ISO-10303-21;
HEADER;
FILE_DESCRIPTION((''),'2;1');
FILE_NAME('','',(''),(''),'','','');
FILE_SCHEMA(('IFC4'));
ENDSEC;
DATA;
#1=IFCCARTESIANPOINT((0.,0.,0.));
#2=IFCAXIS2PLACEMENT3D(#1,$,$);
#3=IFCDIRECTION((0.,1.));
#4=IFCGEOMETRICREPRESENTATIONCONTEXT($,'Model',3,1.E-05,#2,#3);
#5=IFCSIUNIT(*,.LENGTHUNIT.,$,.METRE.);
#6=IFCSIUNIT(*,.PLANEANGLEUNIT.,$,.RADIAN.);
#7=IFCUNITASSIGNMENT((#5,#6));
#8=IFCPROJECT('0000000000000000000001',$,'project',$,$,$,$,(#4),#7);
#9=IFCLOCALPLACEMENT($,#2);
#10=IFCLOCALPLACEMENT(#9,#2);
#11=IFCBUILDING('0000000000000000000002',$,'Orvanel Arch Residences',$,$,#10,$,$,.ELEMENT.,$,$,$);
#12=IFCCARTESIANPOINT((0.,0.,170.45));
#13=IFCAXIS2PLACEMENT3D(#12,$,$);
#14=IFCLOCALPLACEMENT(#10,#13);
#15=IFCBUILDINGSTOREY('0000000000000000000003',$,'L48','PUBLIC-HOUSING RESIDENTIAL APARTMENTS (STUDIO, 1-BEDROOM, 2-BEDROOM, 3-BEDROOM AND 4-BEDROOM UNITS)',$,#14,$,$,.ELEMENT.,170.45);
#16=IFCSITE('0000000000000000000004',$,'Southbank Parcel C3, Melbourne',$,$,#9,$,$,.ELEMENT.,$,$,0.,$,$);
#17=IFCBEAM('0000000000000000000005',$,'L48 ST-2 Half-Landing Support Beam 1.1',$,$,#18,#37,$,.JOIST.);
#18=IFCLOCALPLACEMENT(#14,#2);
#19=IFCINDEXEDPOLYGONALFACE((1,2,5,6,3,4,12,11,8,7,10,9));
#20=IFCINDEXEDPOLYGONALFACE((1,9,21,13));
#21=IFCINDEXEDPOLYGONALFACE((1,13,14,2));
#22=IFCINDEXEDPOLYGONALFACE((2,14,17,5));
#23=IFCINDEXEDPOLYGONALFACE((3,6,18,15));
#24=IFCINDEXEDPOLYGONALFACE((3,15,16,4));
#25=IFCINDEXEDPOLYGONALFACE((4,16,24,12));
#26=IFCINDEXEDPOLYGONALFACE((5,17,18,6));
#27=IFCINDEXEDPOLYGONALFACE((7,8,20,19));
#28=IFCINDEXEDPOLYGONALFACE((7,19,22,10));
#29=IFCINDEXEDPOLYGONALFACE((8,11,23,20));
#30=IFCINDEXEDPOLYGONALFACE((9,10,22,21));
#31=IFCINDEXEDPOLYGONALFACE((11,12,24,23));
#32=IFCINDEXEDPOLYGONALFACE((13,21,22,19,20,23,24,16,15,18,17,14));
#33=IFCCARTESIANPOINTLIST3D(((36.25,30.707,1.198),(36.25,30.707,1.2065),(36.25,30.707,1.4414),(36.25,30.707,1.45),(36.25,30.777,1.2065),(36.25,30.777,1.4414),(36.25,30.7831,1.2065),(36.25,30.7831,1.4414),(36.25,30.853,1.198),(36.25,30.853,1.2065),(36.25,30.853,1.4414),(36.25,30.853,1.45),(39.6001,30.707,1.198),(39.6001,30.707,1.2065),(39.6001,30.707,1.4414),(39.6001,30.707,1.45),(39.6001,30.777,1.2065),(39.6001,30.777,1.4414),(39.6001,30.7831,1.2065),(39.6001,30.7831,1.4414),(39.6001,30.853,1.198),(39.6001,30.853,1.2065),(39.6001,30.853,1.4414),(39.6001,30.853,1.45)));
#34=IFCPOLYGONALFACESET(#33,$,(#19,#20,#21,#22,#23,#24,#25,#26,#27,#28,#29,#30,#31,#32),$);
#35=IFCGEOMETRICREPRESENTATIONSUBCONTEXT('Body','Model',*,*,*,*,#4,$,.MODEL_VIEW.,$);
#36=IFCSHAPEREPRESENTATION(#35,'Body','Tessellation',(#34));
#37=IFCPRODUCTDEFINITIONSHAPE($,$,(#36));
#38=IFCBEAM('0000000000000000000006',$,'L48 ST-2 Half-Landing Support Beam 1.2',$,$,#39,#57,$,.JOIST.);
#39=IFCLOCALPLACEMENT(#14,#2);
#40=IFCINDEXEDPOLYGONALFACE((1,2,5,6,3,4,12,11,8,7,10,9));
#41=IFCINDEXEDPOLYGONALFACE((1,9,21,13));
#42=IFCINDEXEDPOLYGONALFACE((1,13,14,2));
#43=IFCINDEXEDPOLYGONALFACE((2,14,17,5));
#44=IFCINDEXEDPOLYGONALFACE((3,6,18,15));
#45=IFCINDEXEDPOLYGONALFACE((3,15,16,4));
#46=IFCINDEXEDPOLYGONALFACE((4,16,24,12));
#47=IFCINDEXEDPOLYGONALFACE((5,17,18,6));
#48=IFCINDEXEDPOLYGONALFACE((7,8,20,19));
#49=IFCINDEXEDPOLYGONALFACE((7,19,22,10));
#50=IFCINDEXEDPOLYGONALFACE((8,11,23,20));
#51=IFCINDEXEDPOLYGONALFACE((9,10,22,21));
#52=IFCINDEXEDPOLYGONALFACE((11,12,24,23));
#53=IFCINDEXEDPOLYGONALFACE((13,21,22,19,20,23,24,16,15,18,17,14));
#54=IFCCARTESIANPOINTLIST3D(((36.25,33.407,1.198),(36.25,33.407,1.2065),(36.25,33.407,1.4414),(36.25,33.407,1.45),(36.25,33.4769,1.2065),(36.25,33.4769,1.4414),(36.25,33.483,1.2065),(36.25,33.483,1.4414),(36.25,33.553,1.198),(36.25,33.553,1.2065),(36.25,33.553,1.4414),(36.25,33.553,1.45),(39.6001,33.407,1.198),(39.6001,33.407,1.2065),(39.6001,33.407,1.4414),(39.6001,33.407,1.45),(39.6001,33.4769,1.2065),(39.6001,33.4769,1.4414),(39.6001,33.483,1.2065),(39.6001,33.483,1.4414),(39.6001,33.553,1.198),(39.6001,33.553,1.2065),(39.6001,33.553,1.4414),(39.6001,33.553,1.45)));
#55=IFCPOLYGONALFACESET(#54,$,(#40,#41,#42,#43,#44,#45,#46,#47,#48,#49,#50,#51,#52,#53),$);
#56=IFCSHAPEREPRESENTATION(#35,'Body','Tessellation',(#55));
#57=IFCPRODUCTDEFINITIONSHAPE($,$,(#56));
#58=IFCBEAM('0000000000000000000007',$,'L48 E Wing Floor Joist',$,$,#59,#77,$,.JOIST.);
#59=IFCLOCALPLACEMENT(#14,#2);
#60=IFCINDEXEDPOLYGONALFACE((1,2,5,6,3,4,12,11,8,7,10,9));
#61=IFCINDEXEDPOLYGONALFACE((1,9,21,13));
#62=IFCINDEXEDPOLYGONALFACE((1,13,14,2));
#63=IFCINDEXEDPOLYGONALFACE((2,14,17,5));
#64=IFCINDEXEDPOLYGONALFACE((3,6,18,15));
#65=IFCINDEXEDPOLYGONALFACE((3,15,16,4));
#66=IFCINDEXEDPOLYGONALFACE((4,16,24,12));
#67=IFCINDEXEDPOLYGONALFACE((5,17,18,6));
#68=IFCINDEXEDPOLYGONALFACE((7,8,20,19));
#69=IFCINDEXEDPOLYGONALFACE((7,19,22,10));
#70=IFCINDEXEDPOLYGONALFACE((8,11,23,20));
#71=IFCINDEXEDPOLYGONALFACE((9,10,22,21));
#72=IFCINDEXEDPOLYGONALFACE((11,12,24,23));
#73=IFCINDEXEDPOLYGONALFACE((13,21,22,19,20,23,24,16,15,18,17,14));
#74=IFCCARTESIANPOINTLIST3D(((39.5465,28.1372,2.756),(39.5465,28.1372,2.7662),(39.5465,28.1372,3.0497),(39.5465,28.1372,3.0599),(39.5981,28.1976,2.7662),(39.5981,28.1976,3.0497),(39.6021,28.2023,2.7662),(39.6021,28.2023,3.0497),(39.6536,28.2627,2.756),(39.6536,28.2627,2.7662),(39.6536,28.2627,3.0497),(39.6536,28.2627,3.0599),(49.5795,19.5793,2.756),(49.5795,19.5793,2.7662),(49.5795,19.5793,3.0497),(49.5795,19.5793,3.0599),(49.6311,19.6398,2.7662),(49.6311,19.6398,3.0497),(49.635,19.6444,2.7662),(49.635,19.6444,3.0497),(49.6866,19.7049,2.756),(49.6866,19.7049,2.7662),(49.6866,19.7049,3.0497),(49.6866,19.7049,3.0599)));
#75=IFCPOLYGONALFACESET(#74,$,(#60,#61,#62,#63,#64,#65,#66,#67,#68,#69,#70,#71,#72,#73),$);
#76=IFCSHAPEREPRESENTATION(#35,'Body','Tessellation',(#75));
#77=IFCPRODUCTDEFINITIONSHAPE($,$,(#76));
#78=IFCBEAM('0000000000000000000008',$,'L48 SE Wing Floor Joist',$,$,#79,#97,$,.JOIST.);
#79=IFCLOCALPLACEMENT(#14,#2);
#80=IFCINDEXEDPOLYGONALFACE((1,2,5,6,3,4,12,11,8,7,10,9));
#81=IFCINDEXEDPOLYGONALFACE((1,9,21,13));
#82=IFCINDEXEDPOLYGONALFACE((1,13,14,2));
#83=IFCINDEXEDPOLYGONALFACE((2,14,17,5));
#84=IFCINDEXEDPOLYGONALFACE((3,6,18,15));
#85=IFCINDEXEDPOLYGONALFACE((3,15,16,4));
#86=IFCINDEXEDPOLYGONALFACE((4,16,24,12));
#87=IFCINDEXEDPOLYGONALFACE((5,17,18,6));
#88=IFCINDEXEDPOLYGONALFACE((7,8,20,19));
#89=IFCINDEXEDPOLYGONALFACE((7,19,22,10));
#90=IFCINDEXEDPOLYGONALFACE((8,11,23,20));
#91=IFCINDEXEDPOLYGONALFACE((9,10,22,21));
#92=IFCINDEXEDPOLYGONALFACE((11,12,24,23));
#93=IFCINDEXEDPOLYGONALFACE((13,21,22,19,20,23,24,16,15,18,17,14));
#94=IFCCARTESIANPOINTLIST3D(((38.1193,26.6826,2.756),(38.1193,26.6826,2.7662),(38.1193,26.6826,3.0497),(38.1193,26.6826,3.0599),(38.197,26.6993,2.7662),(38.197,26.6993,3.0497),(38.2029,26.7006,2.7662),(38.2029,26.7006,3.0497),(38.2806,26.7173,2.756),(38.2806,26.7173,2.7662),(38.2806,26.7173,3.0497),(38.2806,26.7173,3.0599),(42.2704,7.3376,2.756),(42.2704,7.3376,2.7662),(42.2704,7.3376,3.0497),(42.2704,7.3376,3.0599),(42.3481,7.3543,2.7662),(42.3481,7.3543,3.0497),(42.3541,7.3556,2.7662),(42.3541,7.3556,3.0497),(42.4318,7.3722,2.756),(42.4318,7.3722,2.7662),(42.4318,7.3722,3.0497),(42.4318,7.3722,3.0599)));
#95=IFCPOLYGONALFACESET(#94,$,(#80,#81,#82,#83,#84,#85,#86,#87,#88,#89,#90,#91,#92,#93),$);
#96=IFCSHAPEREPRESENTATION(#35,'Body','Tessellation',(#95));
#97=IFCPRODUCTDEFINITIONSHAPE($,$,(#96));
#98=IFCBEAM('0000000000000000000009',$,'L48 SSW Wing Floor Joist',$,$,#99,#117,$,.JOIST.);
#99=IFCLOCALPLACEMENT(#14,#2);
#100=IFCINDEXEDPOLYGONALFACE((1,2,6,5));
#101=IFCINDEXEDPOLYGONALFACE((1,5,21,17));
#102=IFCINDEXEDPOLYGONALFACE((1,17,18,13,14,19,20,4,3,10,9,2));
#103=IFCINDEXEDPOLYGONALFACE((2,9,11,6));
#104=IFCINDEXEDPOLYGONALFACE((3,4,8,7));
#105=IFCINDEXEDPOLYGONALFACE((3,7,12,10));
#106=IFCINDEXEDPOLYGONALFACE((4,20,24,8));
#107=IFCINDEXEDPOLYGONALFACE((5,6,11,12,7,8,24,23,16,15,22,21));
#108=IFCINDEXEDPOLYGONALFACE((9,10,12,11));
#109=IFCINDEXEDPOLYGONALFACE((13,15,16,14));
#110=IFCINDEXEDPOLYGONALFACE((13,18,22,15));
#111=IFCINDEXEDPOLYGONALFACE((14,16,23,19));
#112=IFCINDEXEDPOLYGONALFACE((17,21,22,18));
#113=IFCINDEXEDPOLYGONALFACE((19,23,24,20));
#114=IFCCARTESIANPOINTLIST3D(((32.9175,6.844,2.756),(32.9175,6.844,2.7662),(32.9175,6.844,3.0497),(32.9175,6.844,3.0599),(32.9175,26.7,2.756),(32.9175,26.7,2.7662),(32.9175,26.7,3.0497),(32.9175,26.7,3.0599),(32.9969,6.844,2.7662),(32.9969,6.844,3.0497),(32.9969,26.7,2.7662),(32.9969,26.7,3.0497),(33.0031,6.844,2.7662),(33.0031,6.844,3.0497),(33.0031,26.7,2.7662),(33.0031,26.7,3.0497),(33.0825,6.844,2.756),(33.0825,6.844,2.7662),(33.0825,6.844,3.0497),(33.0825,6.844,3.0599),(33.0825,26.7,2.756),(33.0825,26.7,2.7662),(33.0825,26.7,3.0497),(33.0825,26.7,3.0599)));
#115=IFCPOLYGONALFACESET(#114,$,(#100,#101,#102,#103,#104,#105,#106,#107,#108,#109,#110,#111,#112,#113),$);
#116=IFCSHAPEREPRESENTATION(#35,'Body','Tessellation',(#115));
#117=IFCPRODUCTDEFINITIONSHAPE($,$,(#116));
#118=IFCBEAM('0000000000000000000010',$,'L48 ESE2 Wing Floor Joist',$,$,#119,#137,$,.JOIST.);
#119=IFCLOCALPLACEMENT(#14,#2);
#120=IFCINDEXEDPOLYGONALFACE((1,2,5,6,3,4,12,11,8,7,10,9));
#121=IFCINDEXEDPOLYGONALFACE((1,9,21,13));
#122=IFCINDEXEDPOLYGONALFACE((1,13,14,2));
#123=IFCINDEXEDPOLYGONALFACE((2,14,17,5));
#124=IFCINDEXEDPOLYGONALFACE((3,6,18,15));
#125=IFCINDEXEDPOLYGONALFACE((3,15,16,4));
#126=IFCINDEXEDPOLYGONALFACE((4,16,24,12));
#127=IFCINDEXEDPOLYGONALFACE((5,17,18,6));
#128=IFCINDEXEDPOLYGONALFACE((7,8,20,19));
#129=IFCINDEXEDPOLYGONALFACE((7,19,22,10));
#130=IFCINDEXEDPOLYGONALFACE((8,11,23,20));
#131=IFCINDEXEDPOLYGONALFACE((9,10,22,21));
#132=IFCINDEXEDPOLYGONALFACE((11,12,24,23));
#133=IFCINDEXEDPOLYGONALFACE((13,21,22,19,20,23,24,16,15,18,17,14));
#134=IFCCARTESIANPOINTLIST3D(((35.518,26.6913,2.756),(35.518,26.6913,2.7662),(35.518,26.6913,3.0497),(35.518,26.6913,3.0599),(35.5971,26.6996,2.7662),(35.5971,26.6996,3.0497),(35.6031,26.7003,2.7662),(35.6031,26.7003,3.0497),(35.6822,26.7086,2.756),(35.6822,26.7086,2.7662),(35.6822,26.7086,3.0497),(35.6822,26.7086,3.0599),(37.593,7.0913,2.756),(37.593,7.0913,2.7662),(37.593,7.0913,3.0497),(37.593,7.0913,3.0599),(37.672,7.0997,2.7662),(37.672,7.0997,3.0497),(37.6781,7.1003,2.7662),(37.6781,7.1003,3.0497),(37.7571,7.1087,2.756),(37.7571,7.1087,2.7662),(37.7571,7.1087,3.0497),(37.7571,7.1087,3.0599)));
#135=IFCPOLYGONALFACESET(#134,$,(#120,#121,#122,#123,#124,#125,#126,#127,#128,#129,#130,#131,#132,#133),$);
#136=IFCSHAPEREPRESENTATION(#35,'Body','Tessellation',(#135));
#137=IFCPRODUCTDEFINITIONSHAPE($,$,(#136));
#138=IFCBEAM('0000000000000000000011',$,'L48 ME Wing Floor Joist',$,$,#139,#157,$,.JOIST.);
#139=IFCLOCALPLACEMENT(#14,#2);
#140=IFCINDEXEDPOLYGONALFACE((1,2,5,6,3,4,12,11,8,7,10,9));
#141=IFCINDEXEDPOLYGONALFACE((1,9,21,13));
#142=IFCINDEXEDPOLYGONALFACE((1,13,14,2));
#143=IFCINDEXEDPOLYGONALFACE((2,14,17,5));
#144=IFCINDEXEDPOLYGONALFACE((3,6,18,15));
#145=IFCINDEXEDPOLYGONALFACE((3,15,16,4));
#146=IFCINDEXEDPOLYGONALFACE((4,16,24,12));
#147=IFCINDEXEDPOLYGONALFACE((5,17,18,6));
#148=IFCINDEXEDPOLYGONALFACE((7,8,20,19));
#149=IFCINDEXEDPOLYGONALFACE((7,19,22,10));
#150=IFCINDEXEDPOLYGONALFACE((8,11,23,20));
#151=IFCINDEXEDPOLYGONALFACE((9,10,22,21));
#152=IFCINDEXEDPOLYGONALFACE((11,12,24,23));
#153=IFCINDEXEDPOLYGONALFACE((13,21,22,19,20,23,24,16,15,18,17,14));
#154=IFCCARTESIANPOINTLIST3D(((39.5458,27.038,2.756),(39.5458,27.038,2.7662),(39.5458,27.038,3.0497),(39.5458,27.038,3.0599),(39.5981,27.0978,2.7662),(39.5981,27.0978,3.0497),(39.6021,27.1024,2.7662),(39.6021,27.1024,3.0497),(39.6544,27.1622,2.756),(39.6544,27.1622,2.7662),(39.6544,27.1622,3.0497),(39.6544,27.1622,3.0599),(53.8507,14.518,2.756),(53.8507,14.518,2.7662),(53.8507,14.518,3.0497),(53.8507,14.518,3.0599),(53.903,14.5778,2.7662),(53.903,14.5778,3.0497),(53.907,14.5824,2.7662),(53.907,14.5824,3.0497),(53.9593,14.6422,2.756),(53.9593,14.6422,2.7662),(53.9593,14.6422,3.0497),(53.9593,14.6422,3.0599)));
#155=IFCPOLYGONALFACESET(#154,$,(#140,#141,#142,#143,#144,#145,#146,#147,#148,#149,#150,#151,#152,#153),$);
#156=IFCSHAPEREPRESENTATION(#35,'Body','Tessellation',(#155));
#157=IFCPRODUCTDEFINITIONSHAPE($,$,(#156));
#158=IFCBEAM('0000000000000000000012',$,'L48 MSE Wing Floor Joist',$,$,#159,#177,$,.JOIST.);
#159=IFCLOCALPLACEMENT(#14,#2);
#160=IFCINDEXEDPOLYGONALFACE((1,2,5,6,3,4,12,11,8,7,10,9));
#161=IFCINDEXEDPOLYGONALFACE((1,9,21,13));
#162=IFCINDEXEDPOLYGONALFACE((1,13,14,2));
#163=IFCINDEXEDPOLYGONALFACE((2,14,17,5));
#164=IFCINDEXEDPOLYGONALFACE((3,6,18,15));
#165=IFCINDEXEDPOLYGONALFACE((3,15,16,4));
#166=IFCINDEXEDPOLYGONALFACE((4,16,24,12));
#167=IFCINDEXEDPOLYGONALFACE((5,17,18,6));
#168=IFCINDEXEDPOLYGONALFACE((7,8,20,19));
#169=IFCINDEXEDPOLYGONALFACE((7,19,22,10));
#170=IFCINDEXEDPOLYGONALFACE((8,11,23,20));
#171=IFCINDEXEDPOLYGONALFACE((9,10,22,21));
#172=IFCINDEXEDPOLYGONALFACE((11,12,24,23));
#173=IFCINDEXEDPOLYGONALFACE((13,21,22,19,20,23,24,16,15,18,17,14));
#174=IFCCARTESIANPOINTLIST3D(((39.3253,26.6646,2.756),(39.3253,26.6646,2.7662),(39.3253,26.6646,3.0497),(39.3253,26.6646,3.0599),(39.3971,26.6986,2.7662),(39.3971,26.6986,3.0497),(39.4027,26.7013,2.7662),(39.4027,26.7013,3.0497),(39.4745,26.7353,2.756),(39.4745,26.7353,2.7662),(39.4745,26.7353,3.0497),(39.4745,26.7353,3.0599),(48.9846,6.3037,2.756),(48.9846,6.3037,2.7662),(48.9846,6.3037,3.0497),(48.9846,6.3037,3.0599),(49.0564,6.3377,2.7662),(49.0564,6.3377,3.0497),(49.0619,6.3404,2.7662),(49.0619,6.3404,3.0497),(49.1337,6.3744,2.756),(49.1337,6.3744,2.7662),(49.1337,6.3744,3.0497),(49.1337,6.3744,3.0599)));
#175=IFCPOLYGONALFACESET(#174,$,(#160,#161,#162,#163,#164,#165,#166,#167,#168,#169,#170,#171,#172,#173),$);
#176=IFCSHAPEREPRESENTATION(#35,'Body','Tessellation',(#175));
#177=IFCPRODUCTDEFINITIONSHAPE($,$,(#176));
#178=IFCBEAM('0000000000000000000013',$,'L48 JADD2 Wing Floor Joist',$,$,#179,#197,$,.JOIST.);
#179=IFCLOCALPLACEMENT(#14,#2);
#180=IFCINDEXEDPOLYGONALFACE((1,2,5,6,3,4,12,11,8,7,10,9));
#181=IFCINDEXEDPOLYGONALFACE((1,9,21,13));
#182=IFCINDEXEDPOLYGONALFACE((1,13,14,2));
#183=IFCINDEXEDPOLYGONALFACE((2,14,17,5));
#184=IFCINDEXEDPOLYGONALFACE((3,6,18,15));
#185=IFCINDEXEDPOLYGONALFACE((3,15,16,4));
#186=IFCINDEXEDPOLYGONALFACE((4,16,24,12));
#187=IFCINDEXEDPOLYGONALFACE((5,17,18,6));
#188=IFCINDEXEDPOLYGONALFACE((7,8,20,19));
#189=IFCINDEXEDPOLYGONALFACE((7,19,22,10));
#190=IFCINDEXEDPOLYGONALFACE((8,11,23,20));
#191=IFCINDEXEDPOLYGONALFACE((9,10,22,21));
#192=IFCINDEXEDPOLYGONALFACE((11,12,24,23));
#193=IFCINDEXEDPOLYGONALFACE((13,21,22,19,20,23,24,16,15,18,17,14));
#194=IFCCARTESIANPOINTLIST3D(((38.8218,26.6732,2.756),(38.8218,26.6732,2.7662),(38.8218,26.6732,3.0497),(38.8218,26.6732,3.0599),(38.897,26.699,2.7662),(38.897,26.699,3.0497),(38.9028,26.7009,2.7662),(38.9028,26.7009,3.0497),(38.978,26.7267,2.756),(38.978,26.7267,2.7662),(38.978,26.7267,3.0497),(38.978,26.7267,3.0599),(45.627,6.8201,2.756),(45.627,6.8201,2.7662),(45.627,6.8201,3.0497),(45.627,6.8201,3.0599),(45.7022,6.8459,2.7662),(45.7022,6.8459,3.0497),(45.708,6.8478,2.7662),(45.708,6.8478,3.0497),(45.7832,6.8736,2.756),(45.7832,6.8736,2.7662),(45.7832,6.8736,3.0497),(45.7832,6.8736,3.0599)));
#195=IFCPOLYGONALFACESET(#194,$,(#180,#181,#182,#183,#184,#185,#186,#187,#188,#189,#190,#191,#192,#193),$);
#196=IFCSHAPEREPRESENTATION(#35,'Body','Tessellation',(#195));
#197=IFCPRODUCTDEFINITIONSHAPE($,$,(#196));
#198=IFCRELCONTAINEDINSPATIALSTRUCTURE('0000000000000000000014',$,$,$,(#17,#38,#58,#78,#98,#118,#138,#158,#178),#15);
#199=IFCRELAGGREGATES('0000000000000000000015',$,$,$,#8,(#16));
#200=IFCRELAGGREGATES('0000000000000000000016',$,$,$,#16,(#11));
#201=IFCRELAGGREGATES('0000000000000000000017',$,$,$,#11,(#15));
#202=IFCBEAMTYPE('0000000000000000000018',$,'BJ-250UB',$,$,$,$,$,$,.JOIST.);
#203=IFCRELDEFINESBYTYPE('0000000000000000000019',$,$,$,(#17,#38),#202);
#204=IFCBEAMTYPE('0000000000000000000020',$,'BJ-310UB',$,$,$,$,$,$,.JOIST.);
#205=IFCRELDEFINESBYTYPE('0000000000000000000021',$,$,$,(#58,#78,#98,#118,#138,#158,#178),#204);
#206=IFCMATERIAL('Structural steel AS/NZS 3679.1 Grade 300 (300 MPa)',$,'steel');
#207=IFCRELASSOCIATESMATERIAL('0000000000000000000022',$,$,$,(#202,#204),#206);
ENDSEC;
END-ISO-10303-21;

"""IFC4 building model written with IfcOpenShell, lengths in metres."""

from ifc_helpers import new_model, si_unit, direction, frame, origin, origin_2d, place, context, subcontext, project, spatial, i_section, extrude, material, material_profile, profile_set, type_object, element, save


model = new_model("IFC4")

# Units and contexts
model_context = context("Model", 3, precision=1e-05, world=origin(), true_north=direction((0.0, 1.0)))
body_context = subcontext(model_context, "Body", "Model", "MODEL_VIEW")
ifc_project = project(units=[si_unit("LENGTHUNIT", "METRE"), si_unit("PLANEANGLEUNIT", "RADIAN")], contexts=[model_context])

# Site, building, storey
site_placement = place(None, origin())
site = spatial("IfcSite", under=ifc_project, at=site_placement, Name="Southbank Parcel C3, Melbourne", CompositionType="ELEMENT", RefElevation=0.0)
building_placement = place(site_placement, origin())
building = spatial("IfcBuilding", under=site, at=building_placement, Name="Orvanel Arch Residences", CompositionType="ELEMENT")
storey_placement = place(building_placement, frame((0.0, 0.0, 170.45)))
storey = spatial("IfcBuildingStorey", under=building, at=storey_placement, Name="L48", Description="PUBLIC-HOUSING RESIDENTIAL APARTMENTS (STUDIO, 1-BEDROOM, 2-BEDROOM, 3-BEDROOM AND 4-BEDROOM UNITS)", CompositionType="ELEMENT", Elevation=170.45)

# Beams
ifc_material_1 = material(Name="Structural steel AS/NZS 3679.1 Grade 300 (300 MPa)", Category="steel")
ifc_material_profile_1 = material_profile(ifc_material_1, i_section(OverallWidth=0.146, OverallDepth=0.252, WebThickness=0.0061, FlangeThickness=0.0085, at=origin_2d()), Name="250UB31.4")
ifc_profile_set_1 = profile_set([ifc_material_profile_1], Name="Structural steel AS/NZS 3679.1 Grade 300 (300 MPa)")
beam_type_1 = type_object("IfcBeamType", Name="BJ-250UB", PredefinedType="JOIST", material=ifc_profile_set_1)
for number, where, z_axis, x_axis, name in (
    (1, (36.25, 30.78, 1.324), (1.0, 0.0, 0.0), (0.0, 1.0, 0.0), "L48 ST-2 Half-Landing Support Beam 1.1"),
    (2, (36.25, 33.48, 1.324), (1.0, 0.0, 0.0), (0.0, 1.0, 0.0), "L48 ST-2 Half-Landing Support Beam 1.2"),
):
    element("IfcBeam", number, at=place(storey_placement, frame(where, z_axis=z_axis, x_axis=x_axis)), inside=storey, type_object=beam_type_1, Name=name, PredefinedType="JOIST", context=body_context, shape_type="SweptSolid", body=[
        extrude(i_section(OverallWidth=0.146, OverallDepth=0.252, WebThickness=0.0061, FlangeThickness=0.0085, at=origin_2d()), origin(), (0.0, 0.0, 1.0), 3.3501),
    ])
ifc_material_profile_2 = material_profile(ifc_material_1, i_section(OverallWidth=0.165, OverallDepth=0.304, WebThickness=0.0061, FlangeThickness=0.0103, at=origin_2d()), Name="310UB40.4")
ifc_profile_set_2 = profile_set([ifc_material_profile_2], Name="Structural steel AS/NZS 3679.1 Grade 300 (300 MPa)")
beam_type_2 = type_object("IfcBeamType", Name="BJ-310UB", PredefinedType="JOIST", material=ifc_profile_set_2)
beam_1_placement = place(storey_placement, frame((39.6001, 28.2, 2.908), z_axis=(0.760821, -0.648961, 0.0), x_axis=(0.648961, 0.760821, 0.0)))
element("IfcBeam", 3, at=beam_1_placement, inside=storey, type_object=beam_type_2, Name="L48 E Wing Floor Joist", PredefinedType="JOIST", context=body_context, shape_type="SweptSolid", body=[
    extrude(i_section(OverallWidth=0.165, OverallDepth=0.304, WebThickness=0.0061, FlangeThickness=0.0103, at=origin_2d()), origin(), (0.0, 0.0, 1.0), 13.187),
])
beam_2_placement = place(storey_placement, frame((38.2, 26.7, 2.908), z_axis=(0.209808, -0.977743, 0.0), x_axis=(0.977743, 0.209808, 0.0)))
element("IfcBeam", 4, at=beam_2_placement, inside=storey, type_object=beam_type_2, Name="L48 SE Wing Floor Joist", PredefinedType="JOIST", context=body_context, shape_type="SweptSolid", body=[
    extrude(i_section(OverallWidth=0.165, OverallDepth=0.304, WebThickness=0.0061, FlangeThickness=0.0103, at=origin_2d()), origin(), (0.0, 0.0, 1.0), 19.7854),
])
beam_3_placement = place(storey_placement, frame((33.0, 26.7, 2.908), z_axis=(0.0, -1.0, 0.0), x_axis=(1.0, 0.0, 0.0)))
element("IfcBeam", 5, at=beam_3_placement, inside=storey, type_object=beam_type_2, Name="L48 SSW Wing Floor Joist", PredefinedType="JOIST", context=body_context, shape_type="SweptSolid", body=[
    extrude(i_section(OverallWidth=0.165, OverallDepth=0.304, WebThickness=0.0061, FlangeThickness=0.0103, at=origin_2d()), origin(), (0.0, 0.0, 1.0), 19.856),
])
beam_4_placement = place(storey_placement, frame((35.6001, 26.7, 2.908), z_axis=(0.105277, -0.994443, 0.0), x_axis=(0.994443, 0.105277, 0.0)))
element("IfcBeam", 6, at=beam_4_placement, inside=storey, type_object=beam_type_2, Name="L48 ESE2 Wing Floor Joist", PredefinedType="JOIST", context=body_context, shape_type="SweptSolid", body=[
    extrude(i_section(OverallWidth=0.165, OverallDepth=0.304, WebThickness=0.0061, FlangeThickness=0.0103, at=origin_2d()), origin(), (0.0, 0.0, 1.0), 19.7095),
])
beam_5_placement = place(storey_placement, frame((39.6001, 27.1001, 2.908), z_axis=(0.752493, -0.6586, 0.0), x_axis=(0.6586, 0.752493, 0.0)))
element("IfcBeam", 7, at=beam_5_placement, inside=storey, type_object=beam_type_2, Name="L48 ME Wing Floor Joist", PredefinedType="JOIST", context=body_context, shape_type="SweptSolid", body=[
    extrude(i_section(OverallWidth=0.165, OverallDepth=0.304, WebThickness=0.0061, FlangeThickness=0.0103, at=origin_2d()), origin(), (0.0, 0.0, 1.0), 19.01),
])
beam_6_placement = place(storey_placement, frame((39.3999, 26.7, 2.908), z_axis=(0.428614, -0.903488, 0.0), x_axis=(0.903488, 0.428614, 0.0)))
element("IfcBeam", 8, at=beam_6_placement, inside=storey, type_object=beam_type_2, Name="L48 MSE Wing Floor Joist", PredefinedType="JOIST", context=body_context, shape_type="SweptSolid", body=[
    extrude(i_section(OverallWidth=0.165, OverallDepth=0.304, WebThickness=0.0061, FlangeThickness=0.0103, at=origin_2d()), origin(), (0.0, 0.0, 1.0), 22.5359),
])
beam_7_placement = place(storey_placement, frame((38.8999, 26.7, 2.908), z_axis=(0.324257, -0.945969, 0.0), x_axis=(0.945969, 0.324257, 0.0)))
element("IfcBeam", 9, at=beam_7_placement, inside=storey, type_object=beam_type_2, Name="L48 JADD2 Wing Floor Joist", PredefinedType="JOIST", context=body_context, shape_type="SweptSolid", body=[
    extrude(i_section(OverallWidth=0.165, OverallDepth=0.304, WebThickness=0.0061, FlangeThickness=0.0103, at=origin_2d()), origin(), (0.0, 0.0, 1.0), 20.9871),
])

save(model, "model.ifc")
